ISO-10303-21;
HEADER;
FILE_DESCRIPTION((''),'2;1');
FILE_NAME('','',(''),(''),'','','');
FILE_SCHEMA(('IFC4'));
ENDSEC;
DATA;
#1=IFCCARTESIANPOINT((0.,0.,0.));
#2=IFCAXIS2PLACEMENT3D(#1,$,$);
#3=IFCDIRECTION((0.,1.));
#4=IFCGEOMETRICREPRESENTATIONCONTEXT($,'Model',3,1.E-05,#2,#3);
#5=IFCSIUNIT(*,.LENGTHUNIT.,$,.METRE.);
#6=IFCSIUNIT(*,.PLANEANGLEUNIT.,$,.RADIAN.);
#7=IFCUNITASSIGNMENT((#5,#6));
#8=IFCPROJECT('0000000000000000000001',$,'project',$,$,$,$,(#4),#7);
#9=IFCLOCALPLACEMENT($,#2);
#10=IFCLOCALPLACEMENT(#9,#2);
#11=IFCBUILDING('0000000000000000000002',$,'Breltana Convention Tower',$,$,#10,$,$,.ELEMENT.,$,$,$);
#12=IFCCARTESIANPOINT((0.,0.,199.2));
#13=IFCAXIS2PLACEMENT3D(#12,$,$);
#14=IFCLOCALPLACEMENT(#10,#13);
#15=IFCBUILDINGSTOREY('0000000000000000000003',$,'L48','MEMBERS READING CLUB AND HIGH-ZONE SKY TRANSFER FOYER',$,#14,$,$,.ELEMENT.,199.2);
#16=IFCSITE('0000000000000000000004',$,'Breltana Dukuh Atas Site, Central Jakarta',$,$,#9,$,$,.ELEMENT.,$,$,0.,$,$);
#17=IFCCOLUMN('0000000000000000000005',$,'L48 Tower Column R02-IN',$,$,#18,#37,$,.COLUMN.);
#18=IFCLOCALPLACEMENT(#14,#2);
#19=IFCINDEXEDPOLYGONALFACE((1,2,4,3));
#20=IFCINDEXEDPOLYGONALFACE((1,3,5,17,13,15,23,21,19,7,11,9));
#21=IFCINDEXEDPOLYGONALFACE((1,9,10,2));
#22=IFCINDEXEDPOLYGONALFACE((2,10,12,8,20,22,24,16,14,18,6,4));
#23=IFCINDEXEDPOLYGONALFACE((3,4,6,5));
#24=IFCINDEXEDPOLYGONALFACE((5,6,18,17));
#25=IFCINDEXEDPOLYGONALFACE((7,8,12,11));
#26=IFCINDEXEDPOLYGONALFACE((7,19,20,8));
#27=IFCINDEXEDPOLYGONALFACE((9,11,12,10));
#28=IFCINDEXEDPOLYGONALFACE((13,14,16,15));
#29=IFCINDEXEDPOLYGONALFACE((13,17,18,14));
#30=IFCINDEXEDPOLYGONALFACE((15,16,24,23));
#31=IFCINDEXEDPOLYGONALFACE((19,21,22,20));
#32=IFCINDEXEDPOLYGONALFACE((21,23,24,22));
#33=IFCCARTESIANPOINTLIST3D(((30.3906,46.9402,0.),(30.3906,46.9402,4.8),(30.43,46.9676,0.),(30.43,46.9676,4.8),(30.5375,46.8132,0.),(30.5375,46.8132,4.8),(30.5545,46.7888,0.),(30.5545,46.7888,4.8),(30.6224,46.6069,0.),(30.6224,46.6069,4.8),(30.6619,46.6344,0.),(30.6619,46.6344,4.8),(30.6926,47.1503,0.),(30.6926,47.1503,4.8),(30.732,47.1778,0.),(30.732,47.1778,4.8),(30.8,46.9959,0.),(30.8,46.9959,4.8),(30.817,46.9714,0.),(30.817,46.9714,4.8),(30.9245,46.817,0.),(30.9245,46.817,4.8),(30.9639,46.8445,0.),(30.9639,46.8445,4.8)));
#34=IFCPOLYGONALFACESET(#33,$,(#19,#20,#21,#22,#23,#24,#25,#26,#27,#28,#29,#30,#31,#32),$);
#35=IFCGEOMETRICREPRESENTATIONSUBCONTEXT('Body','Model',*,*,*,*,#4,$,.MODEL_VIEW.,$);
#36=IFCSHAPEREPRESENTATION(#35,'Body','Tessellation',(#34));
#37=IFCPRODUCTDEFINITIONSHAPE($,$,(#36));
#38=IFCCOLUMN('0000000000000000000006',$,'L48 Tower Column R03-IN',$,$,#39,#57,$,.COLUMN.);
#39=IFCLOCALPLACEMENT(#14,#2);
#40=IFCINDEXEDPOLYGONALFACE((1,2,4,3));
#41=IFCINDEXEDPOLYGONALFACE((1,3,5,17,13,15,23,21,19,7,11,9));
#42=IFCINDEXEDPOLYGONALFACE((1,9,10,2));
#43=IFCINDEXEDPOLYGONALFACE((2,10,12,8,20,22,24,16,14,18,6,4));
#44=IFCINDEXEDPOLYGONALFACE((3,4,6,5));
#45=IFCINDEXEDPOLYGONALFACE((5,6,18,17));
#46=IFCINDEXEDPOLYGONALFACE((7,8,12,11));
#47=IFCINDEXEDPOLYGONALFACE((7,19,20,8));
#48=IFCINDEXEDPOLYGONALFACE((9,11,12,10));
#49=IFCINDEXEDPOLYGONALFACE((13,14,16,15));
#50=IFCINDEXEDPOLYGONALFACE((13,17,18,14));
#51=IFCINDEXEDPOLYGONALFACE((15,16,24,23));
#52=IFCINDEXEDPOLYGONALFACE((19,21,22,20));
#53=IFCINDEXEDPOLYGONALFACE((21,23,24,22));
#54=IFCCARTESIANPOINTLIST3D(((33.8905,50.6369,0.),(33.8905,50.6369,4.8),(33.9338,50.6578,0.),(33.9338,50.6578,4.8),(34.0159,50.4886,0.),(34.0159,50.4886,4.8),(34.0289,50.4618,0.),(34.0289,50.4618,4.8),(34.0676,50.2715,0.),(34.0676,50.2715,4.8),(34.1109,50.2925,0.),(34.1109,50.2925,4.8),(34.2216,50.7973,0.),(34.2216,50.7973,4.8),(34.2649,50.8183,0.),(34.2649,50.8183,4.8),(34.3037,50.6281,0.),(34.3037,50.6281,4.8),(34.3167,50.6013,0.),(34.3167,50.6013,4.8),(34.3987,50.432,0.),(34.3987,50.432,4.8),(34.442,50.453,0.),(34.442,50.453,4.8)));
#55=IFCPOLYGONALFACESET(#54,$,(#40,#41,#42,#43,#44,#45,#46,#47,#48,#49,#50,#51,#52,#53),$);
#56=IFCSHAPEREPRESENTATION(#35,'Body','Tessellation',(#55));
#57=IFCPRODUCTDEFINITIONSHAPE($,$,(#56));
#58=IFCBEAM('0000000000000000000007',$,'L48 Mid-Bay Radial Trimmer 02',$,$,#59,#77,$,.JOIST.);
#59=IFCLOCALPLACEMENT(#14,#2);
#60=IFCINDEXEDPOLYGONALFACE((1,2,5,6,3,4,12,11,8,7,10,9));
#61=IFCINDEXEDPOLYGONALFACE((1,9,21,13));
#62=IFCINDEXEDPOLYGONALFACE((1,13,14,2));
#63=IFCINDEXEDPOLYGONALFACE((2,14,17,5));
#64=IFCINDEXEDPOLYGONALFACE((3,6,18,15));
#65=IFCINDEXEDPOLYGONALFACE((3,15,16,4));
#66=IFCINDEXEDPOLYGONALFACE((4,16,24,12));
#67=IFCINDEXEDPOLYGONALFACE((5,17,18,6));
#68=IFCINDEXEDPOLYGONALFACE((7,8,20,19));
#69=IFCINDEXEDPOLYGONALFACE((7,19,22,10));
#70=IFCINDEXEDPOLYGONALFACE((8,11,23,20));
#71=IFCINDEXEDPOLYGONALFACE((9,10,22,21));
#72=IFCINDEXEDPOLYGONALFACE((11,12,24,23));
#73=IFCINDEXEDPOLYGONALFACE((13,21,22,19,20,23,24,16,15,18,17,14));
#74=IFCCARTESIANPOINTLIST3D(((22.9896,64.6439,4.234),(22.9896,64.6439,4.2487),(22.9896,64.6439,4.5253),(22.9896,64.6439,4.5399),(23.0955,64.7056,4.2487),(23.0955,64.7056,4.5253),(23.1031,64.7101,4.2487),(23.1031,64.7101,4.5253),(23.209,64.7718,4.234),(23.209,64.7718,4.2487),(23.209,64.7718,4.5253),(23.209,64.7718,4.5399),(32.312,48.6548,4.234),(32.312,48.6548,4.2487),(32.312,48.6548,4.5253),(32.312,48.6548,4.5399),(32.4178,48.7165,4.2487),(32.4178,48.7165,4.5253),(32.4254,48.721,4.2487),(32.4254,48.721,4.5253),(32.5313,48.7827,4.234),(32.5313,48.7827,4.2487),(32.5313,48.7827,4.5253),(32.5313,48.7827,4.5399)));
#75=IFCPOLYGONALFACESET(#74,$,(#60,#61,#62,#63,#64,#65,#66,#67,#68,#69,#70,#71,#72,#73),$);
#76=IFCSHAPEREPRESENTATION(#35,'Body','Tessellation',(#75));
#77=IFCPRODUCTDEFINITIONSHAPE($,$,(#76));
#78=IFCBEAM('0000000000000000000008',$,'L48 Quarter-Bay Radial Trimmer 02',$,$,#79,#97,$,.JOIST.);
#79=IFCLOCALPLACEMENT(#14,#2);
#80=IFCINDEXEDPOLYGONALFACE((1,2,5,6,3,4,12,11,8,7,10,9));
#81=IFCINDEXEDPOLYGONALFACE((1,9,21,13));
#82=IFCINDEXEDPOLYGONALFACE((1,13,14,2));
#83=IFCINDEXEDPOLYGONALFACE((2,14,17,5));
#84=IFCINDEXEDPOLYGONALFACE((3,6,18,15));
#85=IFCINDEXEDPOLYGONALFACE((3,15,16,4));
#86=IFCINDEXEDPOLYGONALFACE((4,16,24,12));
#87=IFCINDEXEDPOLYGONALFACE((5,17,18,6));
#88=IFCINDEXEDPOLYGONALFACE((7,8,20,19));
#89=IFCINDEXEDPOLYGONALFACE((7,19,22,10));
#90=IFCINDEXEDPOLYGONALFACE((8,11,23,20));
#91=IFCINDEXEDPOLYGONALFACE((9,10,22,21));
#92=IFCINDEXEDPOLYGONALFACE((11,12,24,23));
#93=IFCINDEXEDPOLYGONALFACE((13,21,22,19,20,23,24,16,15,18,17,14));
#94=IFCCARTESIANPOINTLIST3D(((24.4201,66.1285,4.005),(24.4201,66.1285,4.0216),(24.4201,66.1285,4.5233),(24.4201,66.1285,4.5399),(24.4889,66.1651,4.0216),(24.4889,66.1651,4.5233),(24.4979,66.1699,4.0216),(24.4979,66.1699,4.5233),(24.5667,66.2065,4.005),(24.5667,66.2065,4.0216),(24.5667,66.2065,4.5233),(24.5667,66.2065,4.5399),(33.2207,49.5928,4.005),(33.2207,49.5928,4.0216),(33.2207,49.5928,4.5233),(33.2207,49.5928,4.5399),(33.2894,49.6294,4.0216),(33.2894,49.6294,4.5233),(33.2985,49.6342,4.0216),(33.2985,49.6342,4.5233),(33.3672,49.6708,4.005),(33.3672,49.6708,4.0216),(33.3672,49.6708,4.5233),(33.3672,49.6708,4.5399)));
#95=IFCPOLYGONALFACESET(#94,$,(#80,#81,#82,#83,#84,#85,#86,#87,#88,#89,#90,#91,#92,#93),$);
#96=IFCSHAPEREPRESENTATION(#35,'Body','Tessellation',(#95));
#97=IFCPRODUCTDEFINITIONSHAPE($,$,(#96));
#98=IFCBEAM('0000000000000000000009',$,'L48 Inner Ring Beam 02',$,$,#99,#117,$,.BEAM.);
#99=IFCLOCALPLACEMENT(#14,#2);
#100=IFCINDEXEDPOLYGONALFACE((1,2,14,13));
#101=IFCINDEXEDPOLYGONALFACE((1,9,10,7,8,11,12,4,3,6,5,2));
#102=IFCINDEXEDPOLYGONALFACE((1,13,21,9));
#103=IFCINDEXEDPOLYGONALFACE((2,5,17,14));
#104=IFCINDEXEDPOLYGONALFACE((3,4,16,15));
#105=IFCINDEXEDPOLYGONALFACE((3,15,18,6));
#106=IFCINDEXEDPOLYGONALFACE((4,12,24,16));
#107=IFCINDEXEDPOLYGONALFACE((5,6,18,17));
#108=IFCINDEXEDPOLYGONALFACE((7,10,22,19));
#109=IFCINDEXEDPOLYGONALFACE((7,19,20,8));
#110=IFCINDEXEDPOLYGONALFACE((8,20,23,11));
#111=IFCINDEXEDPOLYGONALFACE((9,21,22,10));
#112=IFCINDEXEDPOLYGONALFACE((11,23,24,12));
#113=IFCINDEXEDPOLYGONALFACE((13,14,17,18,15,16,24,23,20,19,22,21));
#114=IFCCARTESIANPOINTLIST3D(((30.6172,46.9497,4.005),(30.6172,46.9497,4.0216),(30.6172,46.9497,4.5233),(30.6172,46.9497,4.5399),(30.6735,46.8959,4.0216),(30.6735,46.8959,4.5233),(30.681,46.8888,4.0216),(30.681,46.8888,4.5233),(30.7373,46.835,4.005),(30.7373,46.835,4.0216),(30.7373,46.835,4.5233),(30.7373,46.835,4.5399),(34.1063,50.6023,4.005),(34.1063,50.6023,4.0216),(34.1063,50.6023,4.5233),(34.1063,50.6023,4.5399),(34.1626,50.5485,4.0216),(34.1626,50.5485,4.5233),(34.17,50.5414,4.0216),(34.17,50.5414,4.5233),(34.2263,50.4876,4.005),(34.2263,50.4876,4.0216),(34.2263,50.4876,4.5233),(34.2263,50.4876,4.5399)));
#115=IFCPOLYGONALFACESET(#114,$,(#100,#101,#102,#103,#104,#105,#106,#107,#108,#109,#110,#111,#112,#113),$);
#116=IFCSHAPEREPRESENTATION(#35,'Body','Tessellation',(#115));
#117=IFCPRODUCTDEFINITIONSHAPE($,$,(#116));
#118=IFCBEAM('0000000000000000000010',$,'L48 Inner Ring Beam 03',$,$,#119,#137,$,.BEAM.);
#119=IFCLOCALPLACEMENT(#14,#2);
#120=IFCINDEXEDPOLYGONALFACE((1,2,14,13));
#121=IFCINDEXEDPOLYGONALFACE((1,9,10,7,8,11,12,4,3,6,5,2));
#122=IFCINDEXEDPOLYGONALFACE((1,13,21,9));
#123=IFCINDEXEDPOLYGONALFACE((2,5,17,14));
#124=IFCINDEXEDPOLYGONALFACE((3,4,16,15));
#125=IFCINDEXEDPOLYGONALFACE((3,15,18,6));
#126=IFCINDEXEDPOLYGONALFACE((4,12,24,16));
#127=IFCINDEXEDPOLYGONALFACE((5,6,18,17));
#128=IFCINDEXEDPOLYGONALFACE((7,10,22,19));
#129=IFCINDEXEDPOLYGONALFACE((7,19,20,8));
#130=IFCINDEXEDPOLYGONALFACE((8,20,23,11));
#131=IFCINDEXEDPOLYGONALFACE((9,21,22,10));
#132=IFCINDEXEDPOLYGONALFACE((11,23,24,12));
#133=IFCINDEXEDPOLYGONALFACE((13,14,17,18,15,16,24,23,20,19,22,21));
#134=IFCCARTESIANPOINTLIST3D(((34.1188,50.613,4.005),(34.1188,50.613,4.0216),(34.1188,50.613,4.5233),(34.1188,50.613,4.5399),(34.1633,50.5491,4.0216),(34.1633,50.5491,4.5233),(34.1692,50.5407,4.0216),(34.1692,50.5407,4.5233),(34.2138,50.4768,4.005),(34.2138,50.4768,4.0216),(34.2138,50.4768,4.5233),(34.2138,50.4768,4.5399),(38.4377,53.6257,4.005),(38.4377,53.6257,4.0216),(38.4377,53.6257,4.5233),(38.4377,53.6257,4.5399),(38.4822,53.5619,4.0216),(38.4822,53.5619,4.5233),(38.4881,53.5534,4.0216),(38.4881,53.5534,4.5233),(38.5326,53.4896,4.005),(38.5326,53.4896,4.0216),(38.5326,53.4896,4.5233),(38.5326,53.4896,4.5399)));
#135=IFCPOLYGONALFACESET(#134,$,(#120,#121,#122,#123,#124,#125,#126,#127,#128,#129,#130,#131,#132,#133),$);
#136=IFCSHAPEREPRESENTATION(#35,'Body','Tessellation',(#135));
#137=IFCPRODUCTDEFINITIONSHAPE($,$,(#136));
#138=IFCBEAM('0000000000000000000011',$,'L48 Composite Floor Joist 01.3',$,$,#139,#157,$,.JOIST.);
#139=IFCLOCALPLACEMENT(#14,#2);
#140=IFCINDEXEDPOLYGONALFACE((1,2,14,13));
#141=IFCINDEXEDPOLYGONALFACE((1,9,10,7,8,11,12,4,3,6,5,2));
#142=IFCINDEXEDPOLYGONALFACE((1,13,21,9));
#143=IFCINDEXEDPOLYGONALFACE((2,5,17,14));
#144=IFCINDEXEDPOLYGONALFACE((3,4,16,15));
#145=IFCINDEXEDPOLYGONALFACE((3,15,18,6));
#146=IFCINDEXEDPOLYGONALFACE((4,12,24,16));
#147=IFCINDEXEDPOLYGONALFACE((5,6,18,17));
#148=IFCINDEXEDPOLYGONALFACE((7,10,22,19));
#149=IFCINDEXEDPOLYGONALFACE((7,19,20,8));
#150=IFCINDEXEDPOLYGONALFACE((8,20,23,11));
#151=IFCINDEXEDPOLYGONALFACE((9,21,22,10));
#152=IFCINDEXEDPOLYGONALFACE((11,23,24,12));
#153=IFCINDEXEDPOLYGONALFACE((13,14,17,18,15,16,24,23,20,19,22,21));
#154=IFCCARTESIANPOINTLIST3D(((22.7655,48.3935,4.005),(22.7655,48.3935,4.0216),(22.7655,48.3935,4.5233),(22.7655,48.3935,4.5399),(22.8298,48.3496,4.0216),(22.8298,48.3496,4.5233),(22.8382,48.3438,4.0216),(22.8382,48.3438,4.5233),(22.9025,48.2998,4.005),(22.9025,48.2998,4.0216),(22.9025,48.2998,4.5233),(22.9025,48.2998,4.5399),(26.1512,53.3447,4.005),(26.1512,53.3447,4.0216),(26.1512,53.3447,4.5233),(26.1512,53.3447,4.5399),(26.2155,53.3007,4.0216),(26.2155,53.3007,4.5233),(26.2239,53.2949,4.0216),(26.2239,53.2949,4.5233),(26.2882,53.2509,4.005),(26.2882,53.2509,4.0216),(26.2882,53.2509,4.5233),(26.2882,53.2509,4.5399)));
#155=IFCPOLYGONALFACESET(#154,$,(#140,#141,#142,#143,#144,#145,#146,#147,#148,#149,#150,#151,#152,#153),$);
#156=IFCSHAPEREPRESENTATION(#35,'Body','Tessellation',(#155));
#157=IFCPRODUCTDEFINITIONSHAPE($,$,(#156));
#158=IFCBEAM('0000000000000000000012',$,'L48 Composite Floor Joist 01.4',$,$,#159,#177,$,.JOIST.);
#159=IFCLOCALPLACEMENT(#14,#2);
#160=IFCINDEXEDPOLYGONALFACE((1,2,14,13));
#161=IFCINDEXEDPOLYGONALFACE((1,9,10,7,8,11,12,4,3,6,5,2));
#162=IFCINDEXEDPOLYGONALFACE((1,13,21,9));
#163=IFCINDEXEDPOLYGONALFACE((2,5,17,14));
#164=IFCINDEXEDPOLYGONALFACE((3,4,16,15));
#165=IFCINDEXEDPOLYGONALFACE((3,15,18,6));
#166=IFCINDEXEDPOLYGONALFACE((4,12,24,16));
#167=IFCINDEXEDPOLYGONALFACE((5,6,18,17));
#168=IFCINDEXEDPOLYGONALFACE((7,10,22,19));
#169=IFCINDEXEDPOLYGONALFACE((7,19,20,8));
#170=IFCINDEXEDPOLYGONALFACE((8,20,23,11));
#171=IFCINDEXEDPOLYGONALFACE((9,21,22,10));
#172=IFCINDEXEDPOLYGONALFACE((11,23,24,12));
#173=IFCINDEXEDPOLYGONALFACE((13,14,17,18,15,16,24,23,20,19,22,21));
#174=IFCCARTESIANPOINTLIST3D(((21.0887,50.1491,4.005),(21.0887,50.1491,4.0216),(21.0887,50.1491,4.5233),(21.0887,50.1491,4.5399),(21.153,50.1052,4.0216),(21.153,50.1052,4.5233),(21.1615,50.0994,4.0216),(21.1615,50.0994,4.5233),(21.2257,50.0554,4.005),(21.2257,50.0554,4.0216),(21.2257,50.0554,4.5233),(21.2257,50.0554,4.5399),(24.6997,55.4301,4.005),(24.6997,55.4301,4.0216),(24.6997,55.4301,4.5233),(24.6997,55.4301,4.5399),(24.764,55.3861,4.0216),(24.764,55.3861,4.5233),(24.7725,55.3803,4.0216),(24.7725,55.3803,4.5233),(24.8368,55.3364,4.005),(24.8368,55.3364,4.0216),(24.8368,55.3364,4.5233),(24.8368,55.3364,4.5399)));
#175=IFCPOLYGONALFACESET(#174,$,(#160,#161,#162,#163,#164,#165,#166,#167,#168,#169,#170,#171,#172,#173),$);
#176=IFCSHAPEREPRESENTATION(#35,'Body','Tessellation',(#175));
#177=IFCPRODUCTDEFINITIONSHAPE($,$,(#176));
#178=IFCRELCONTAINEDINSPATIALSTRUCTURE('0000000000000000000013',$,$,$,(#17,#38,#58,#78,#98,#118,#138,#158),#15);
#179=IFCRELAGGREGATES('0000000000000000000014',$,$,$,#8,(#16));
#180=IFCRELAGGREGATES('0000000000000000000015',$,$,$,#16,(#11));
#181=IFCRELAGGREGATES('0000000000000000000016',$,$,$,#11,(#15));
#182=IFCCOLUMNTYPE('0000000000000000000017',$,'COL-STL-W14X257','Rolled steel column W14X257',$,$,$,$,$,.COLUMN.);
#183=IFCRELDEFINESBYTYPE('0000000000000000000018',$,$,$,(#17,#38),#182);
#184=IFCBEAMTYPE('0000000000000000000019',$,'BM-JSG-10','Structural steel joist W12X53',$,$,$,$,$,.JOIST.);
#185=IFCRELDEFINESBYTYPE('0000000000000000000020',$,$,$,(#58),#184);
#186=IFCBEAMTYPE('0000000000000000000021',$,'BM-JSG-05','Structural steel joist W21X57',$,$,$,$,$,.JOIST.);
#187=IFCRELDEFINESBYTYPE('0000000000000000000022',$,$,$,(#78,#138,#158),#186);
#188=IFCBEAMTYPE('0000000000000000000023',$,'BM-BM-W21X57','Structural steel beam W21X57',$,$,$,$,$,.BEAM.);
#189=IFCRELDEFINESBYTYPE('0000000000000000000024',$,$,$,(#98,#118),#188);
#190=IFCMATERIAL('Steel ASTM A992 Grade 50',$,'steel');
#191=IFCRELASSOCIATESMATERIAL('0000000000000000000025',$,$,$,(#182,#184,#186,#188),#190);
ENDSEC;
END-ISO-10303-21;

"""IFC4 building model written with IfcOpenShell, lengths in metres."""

from ifc_helpers import new_model, si_unit, direction, frame, origin, origin_2d, place, context, subcontext, project, spatial, i_section, extrude, source, transform, mapped, material, material_profile, profile_set, type_object, type_shapes, element, save


model = new_model("IFC4")

# Units and contexts
model_context = context("Model", 3, precision=1e-05, world=origin(), true_north=direction((0.0, 1.0)))
body_context = subcontext(model_context, "Body", "Model", "MODEL_VIEW")
ifc_project = project(units=[si_unit("LENGTHUNIT", "METRE"), si_unit("PLANEANGLEUNIT", "RADIAN")], contexts=[model_context])

# Site, building, storey
site_placement = place(None, origin())
site = spatial("IfcSite", under=ifc_project, at=site_placement, Name="Breltana Dukuh Atas Site, Central Jakarta", CompositionType="ELEMENT", RefElevation=0.0)
building_placement = place(site_placement, origin())
building = spatial("IfcBuilding", under=site, at=building_placement, Name="Breltana Convention Tower", CompositionType="ELEMENT")
storey_placement = place(building_placement, frame((0.0, 0.0, 199.2)))
storey = spatial("IfcBuildingStorey", under=building, at=storey_placement, Name="L48", Description="MEMBERS READING CLUB AND HIGH-ZONE SKY TRANSFER FOYER", CompositionType="ELEMENT", Elevation=199.2)

# Columns
ifc_material_1 = material(Name="Steel ASTM A992 Grade 50", Category="steel")
ifc_material_profile_1 = material_profile(ifc_material_1, i_section(OverallWidth=0.406, OverallDepth=0.416, WebThickness=0.0298, FlangeThickness=0.0481, at=origin_2d()), Name="W14X257")
ifc_profile_set_1 = profile_set([ifc_material_profile_1], Name="Steel ASTM A992 Grade 50")
column_type = type_object("IfcColumnType", Name="COL-STL-W14X257", Description="Rolled steel column W14X257", PredefinedType="COLUMN", material=ifc_profile_set_1)
shared_shape_1 = source(origin(), body_context, "Body", "SweptSolid", [
    extrude(i_section(OverallWidth=0.406, OverallDepth=0.416, WebThickness=0.0298, FlangeThickness=0.0481, at=origin_2d()), origin(), (0.0, 0.0, 1.0), 4.8),
])
type_shapes(column_type, [shared_shape_1])
for number, where, z_axis, x_axis, name in (
    (1, (30.6772, 46.8923, 0.0), (0.0, 0.0, 1.0), (-0.571143, 0.82085, 0.0), "L48 Tower Column R02-IN"),
    (2, (34.1663, 50.5449, 0.0), (0.0, 0.0, 1.0), (-0.436174, 0.899863, 0.0), "L48 Tower Column R03-IN"),
):
    element("IfcColumn", number, at=place(storey_placement, frame(where, z_axis=z_axis, x_axis=x_axis)), inside=storey, type_object=column_type, Name=name, PredefinedType="COLUMN", context=body_context, shape_type="MappedRepresentation", body=[
        mapped(shared_shape_1, transform((0.0, 0.0, 0.0), scale=1.0)),
    ])

# Beams
ifc_material_profile_2 = material_profile(ifc_material_1, i_section(OverallWidth=0.2539, OverallDepth=0.3059, WebThickness=0.0088, FlangeThickness=0.0146, at=origin_2d()), Name="W12X53")
ifc_profile_set_2 = profile_set([ifc_material_profile_2], Name="Steel ASTM A992 Grade 50")
beam_type_1 = type_object("IfcBeamType", Name="BM-JSG-10", Description="Structural steel joist W12X53", PredefinedType="JOIST", material=ifc_profile_set_2)
shared_shape_2 = source(origin(), body_context, "Body", "SweptSolid", [
    extrude(i_section(OverallWidth=0.2539, OverallDepth=0.3059, WebThickness=0.0088, FlangeThickness=0.0146, at=origin_2d()), origin(), (0.0, 0.0, 1.0), 18.5083),
])
beam_1_placement = place(storey_placement, frame((32.4216, 48.7188, 4.387), z_axis=(-0.503683, 0.863888, 0.0), x_axis=(-0.863888, -0.503683, 0.0)))
element("IfcBeam", 3, at=beam_1_placement, inside=storey, type_object=beam_type_1, Name="L48 Mid-Bay Radial Trimmer 02", PredefinedType="JOIST", context=body_context, shape_type="MappedRepresentation", body=[
    mapped(shared_shape_2, transform((0.0, 0.0, 0.0), scale=1.0)),
])
ifc_material_profile_3 = material_profile(ifc_material_1, i_section(OverallWidth=0.166, OverallDepth=0.5349, WebThickness=0.0103, FlangeThickness=0.0166, at=origin_2d()), Name="W21X57")
ifc_profile_set_3 = profile_set([ifc_material_profile_3], Name="Steel ASTM A992 Grade 50")
beam_type_2 = type_object("IfcBeamType", Name="BM-JSG-05", Description="Structural steel joist W21X57", PredefinedType="JOIST", material=ifc_profile_set_3)
shared_shape_3 = source(origin(), body_context, "Body", "SweptSolid", [
    extrude(i_section(OverallWidth=0.166, OverallDepth=0.5349, WebThickness=0.0103, FlangeThickness=0.0166, at=origin_2d()), origin(), (0.0, 0.0, 1.0), 18.7317),
])
beam_2_placement = place(storey_placement, frame((33.2939, 49.6318, 4.2725), z_axis=(-0.46982, 0.882762, 0.0), x_axis=(-0.882762, -0.46982, 0.0)))
element("IfcBeam", 4, at=beam_2_placement, inside=storey, type_object=beam_type_2, Name="L48 Quarter-Bay Radial Trimmer 02", PredefinedType="JOIST", context=body_context, shape_type="MappedRepresentation", body=[
    mapped(shared_shape_3, transform((0.0, 0.0, 0.0), scale=1.0)),
])
ifc_material_profile_4 = material_profile(ifc_material_1, i_section(OverallWidth=0.166, OverallDepth=0.5349, WebThickness=0.0103, FlangeThickness=0.0166, at=origin_2d()), Name="W21X57")
ifc_profile_set_4 = profile_set([ifc_material_profile_4], Name="Steel ASTM A992 Grade 50")
beam_type_3 = type_object("IfcBeamType", Name="BM-BM-W21X57", Description="Structural steel beam W21X57", PredefinedType="BEAM", material=ifc_profile_set_4)
shared_shape_4 = source(origin(), body_context, "Body", "SweptSolid", [
    extrude(i_section(OverallWidth=0.166, OverallDepth=0.5349, WebThickness=0.0103, FlangeThickness=0.0166, at=origin_2d()), origin(), (0.0, 0.0, 1.0), 5.0513),
])
beam_3_placement = place(storey_placement, frame((30.6772, 46.8923, 4.2725), z_axis=(0.69073, 0.723113, 0.0), x_axis=(-0.723113, 0.69073, 0.0)))
element("IfcBeam", 5, at=beam_3_placement, inside=storey, type_object=beam_type_3, Name="L48 Inner Ring Beam 02", PredefinedType="BEAM", context=body_context, shape_type="MappedRepresentation", body=[
    mapped(shared_shape_4, transform((0.0, 0.0, 0.0), scale=1.0)),
])
shared_shape_5 = source(origin(), body_context, "Body", "SweptSolid", [
    extrude(i_section(OverallWidth=0.166, OverallDepth=0.5349, WebThickness=0.0103, FlangeThickness=0.0166, at=origin_2d()), origin(), (0.0, 0.0, 1.0), 5.2659),
])
beam_4_placement = place(storey_placement, frame((34.1663, 50.5449, 4.2725), z_axis=(0.820167, 0.572124, 0.0), x_axis=(-0.572124, 0.820167, 0.0)))
element("IfcBeam", 6, at=beam_4_placement, inside=storey, type_object=beam_type_3, Name="L48 Inner Ring Beam 03", PredefinedType="BEAM", context=body_context, shape_type="MappedRepresentation", body=[
    mapped(shared_shape_5, transform((0.0, 0.0, 0.0), scale=1.0)),
])
shared_shape_6 = source(origin(), body_context, "Body", "SweptSolid", [
    extrude(i_section(OverallWidth=0.166, OverallDepth=0.5349, WebThickness=0.0103, FlangeThickness=0.0166, at=origin_2d()), origin(), (0.0, 0.0, 1.0), 5.998),
])
beam_5_placement = place(storey_placement, frame((22.834, 48.3467, 4.2725), z_axis=(0.564468, 0.825455, 0.0), x_axis=(-0.825455, 0.564468, 0.0)))
element("IfcBeam", 7, at=beam_5_placement, inside=storey, type_object=beam_type_2, Name="L48 Composite Floor Joist 01.3", PredefinedType="JOIST", context=body_context, shape_type="MappedRepresentation", body=[
    mapped(shared_shape_6, transform((0.0, 0.0, 0.0), scale=1.0)),
])
shared_shape_7 = source(origin(), body_context, "Body", "SweptSolid", [
    extrude(i_section(OverallWidth=0.166, OverallDepth=0.5349, WebThickness=0.0103, FlangeThickness=0.0166, at=origin_2d()), origin(), (0.0, 0.0, 1.0), 6.3975),
])
beam_6_placement = place(storey_placement, frame((21.1572, 50.1023, 4.2725), z_axis=(0.564446, 0.82547, 0.0), x_axis=(-0.82547, 0.564446, 0.0)))
element("IfcBeam", 8, at=beam_6_placement, inside=storey, type_object=beam_type_2, Name="L48 Composite Floor Joist 01.4", PredefinedType="JOIST", context=body_context, shape_type="MappedRepresentation", body=[
    mapped(shared_shape_7, transform((0.0, 0.0, 0.0), scale=1.0)),
])

save(model, "model.ifc")
